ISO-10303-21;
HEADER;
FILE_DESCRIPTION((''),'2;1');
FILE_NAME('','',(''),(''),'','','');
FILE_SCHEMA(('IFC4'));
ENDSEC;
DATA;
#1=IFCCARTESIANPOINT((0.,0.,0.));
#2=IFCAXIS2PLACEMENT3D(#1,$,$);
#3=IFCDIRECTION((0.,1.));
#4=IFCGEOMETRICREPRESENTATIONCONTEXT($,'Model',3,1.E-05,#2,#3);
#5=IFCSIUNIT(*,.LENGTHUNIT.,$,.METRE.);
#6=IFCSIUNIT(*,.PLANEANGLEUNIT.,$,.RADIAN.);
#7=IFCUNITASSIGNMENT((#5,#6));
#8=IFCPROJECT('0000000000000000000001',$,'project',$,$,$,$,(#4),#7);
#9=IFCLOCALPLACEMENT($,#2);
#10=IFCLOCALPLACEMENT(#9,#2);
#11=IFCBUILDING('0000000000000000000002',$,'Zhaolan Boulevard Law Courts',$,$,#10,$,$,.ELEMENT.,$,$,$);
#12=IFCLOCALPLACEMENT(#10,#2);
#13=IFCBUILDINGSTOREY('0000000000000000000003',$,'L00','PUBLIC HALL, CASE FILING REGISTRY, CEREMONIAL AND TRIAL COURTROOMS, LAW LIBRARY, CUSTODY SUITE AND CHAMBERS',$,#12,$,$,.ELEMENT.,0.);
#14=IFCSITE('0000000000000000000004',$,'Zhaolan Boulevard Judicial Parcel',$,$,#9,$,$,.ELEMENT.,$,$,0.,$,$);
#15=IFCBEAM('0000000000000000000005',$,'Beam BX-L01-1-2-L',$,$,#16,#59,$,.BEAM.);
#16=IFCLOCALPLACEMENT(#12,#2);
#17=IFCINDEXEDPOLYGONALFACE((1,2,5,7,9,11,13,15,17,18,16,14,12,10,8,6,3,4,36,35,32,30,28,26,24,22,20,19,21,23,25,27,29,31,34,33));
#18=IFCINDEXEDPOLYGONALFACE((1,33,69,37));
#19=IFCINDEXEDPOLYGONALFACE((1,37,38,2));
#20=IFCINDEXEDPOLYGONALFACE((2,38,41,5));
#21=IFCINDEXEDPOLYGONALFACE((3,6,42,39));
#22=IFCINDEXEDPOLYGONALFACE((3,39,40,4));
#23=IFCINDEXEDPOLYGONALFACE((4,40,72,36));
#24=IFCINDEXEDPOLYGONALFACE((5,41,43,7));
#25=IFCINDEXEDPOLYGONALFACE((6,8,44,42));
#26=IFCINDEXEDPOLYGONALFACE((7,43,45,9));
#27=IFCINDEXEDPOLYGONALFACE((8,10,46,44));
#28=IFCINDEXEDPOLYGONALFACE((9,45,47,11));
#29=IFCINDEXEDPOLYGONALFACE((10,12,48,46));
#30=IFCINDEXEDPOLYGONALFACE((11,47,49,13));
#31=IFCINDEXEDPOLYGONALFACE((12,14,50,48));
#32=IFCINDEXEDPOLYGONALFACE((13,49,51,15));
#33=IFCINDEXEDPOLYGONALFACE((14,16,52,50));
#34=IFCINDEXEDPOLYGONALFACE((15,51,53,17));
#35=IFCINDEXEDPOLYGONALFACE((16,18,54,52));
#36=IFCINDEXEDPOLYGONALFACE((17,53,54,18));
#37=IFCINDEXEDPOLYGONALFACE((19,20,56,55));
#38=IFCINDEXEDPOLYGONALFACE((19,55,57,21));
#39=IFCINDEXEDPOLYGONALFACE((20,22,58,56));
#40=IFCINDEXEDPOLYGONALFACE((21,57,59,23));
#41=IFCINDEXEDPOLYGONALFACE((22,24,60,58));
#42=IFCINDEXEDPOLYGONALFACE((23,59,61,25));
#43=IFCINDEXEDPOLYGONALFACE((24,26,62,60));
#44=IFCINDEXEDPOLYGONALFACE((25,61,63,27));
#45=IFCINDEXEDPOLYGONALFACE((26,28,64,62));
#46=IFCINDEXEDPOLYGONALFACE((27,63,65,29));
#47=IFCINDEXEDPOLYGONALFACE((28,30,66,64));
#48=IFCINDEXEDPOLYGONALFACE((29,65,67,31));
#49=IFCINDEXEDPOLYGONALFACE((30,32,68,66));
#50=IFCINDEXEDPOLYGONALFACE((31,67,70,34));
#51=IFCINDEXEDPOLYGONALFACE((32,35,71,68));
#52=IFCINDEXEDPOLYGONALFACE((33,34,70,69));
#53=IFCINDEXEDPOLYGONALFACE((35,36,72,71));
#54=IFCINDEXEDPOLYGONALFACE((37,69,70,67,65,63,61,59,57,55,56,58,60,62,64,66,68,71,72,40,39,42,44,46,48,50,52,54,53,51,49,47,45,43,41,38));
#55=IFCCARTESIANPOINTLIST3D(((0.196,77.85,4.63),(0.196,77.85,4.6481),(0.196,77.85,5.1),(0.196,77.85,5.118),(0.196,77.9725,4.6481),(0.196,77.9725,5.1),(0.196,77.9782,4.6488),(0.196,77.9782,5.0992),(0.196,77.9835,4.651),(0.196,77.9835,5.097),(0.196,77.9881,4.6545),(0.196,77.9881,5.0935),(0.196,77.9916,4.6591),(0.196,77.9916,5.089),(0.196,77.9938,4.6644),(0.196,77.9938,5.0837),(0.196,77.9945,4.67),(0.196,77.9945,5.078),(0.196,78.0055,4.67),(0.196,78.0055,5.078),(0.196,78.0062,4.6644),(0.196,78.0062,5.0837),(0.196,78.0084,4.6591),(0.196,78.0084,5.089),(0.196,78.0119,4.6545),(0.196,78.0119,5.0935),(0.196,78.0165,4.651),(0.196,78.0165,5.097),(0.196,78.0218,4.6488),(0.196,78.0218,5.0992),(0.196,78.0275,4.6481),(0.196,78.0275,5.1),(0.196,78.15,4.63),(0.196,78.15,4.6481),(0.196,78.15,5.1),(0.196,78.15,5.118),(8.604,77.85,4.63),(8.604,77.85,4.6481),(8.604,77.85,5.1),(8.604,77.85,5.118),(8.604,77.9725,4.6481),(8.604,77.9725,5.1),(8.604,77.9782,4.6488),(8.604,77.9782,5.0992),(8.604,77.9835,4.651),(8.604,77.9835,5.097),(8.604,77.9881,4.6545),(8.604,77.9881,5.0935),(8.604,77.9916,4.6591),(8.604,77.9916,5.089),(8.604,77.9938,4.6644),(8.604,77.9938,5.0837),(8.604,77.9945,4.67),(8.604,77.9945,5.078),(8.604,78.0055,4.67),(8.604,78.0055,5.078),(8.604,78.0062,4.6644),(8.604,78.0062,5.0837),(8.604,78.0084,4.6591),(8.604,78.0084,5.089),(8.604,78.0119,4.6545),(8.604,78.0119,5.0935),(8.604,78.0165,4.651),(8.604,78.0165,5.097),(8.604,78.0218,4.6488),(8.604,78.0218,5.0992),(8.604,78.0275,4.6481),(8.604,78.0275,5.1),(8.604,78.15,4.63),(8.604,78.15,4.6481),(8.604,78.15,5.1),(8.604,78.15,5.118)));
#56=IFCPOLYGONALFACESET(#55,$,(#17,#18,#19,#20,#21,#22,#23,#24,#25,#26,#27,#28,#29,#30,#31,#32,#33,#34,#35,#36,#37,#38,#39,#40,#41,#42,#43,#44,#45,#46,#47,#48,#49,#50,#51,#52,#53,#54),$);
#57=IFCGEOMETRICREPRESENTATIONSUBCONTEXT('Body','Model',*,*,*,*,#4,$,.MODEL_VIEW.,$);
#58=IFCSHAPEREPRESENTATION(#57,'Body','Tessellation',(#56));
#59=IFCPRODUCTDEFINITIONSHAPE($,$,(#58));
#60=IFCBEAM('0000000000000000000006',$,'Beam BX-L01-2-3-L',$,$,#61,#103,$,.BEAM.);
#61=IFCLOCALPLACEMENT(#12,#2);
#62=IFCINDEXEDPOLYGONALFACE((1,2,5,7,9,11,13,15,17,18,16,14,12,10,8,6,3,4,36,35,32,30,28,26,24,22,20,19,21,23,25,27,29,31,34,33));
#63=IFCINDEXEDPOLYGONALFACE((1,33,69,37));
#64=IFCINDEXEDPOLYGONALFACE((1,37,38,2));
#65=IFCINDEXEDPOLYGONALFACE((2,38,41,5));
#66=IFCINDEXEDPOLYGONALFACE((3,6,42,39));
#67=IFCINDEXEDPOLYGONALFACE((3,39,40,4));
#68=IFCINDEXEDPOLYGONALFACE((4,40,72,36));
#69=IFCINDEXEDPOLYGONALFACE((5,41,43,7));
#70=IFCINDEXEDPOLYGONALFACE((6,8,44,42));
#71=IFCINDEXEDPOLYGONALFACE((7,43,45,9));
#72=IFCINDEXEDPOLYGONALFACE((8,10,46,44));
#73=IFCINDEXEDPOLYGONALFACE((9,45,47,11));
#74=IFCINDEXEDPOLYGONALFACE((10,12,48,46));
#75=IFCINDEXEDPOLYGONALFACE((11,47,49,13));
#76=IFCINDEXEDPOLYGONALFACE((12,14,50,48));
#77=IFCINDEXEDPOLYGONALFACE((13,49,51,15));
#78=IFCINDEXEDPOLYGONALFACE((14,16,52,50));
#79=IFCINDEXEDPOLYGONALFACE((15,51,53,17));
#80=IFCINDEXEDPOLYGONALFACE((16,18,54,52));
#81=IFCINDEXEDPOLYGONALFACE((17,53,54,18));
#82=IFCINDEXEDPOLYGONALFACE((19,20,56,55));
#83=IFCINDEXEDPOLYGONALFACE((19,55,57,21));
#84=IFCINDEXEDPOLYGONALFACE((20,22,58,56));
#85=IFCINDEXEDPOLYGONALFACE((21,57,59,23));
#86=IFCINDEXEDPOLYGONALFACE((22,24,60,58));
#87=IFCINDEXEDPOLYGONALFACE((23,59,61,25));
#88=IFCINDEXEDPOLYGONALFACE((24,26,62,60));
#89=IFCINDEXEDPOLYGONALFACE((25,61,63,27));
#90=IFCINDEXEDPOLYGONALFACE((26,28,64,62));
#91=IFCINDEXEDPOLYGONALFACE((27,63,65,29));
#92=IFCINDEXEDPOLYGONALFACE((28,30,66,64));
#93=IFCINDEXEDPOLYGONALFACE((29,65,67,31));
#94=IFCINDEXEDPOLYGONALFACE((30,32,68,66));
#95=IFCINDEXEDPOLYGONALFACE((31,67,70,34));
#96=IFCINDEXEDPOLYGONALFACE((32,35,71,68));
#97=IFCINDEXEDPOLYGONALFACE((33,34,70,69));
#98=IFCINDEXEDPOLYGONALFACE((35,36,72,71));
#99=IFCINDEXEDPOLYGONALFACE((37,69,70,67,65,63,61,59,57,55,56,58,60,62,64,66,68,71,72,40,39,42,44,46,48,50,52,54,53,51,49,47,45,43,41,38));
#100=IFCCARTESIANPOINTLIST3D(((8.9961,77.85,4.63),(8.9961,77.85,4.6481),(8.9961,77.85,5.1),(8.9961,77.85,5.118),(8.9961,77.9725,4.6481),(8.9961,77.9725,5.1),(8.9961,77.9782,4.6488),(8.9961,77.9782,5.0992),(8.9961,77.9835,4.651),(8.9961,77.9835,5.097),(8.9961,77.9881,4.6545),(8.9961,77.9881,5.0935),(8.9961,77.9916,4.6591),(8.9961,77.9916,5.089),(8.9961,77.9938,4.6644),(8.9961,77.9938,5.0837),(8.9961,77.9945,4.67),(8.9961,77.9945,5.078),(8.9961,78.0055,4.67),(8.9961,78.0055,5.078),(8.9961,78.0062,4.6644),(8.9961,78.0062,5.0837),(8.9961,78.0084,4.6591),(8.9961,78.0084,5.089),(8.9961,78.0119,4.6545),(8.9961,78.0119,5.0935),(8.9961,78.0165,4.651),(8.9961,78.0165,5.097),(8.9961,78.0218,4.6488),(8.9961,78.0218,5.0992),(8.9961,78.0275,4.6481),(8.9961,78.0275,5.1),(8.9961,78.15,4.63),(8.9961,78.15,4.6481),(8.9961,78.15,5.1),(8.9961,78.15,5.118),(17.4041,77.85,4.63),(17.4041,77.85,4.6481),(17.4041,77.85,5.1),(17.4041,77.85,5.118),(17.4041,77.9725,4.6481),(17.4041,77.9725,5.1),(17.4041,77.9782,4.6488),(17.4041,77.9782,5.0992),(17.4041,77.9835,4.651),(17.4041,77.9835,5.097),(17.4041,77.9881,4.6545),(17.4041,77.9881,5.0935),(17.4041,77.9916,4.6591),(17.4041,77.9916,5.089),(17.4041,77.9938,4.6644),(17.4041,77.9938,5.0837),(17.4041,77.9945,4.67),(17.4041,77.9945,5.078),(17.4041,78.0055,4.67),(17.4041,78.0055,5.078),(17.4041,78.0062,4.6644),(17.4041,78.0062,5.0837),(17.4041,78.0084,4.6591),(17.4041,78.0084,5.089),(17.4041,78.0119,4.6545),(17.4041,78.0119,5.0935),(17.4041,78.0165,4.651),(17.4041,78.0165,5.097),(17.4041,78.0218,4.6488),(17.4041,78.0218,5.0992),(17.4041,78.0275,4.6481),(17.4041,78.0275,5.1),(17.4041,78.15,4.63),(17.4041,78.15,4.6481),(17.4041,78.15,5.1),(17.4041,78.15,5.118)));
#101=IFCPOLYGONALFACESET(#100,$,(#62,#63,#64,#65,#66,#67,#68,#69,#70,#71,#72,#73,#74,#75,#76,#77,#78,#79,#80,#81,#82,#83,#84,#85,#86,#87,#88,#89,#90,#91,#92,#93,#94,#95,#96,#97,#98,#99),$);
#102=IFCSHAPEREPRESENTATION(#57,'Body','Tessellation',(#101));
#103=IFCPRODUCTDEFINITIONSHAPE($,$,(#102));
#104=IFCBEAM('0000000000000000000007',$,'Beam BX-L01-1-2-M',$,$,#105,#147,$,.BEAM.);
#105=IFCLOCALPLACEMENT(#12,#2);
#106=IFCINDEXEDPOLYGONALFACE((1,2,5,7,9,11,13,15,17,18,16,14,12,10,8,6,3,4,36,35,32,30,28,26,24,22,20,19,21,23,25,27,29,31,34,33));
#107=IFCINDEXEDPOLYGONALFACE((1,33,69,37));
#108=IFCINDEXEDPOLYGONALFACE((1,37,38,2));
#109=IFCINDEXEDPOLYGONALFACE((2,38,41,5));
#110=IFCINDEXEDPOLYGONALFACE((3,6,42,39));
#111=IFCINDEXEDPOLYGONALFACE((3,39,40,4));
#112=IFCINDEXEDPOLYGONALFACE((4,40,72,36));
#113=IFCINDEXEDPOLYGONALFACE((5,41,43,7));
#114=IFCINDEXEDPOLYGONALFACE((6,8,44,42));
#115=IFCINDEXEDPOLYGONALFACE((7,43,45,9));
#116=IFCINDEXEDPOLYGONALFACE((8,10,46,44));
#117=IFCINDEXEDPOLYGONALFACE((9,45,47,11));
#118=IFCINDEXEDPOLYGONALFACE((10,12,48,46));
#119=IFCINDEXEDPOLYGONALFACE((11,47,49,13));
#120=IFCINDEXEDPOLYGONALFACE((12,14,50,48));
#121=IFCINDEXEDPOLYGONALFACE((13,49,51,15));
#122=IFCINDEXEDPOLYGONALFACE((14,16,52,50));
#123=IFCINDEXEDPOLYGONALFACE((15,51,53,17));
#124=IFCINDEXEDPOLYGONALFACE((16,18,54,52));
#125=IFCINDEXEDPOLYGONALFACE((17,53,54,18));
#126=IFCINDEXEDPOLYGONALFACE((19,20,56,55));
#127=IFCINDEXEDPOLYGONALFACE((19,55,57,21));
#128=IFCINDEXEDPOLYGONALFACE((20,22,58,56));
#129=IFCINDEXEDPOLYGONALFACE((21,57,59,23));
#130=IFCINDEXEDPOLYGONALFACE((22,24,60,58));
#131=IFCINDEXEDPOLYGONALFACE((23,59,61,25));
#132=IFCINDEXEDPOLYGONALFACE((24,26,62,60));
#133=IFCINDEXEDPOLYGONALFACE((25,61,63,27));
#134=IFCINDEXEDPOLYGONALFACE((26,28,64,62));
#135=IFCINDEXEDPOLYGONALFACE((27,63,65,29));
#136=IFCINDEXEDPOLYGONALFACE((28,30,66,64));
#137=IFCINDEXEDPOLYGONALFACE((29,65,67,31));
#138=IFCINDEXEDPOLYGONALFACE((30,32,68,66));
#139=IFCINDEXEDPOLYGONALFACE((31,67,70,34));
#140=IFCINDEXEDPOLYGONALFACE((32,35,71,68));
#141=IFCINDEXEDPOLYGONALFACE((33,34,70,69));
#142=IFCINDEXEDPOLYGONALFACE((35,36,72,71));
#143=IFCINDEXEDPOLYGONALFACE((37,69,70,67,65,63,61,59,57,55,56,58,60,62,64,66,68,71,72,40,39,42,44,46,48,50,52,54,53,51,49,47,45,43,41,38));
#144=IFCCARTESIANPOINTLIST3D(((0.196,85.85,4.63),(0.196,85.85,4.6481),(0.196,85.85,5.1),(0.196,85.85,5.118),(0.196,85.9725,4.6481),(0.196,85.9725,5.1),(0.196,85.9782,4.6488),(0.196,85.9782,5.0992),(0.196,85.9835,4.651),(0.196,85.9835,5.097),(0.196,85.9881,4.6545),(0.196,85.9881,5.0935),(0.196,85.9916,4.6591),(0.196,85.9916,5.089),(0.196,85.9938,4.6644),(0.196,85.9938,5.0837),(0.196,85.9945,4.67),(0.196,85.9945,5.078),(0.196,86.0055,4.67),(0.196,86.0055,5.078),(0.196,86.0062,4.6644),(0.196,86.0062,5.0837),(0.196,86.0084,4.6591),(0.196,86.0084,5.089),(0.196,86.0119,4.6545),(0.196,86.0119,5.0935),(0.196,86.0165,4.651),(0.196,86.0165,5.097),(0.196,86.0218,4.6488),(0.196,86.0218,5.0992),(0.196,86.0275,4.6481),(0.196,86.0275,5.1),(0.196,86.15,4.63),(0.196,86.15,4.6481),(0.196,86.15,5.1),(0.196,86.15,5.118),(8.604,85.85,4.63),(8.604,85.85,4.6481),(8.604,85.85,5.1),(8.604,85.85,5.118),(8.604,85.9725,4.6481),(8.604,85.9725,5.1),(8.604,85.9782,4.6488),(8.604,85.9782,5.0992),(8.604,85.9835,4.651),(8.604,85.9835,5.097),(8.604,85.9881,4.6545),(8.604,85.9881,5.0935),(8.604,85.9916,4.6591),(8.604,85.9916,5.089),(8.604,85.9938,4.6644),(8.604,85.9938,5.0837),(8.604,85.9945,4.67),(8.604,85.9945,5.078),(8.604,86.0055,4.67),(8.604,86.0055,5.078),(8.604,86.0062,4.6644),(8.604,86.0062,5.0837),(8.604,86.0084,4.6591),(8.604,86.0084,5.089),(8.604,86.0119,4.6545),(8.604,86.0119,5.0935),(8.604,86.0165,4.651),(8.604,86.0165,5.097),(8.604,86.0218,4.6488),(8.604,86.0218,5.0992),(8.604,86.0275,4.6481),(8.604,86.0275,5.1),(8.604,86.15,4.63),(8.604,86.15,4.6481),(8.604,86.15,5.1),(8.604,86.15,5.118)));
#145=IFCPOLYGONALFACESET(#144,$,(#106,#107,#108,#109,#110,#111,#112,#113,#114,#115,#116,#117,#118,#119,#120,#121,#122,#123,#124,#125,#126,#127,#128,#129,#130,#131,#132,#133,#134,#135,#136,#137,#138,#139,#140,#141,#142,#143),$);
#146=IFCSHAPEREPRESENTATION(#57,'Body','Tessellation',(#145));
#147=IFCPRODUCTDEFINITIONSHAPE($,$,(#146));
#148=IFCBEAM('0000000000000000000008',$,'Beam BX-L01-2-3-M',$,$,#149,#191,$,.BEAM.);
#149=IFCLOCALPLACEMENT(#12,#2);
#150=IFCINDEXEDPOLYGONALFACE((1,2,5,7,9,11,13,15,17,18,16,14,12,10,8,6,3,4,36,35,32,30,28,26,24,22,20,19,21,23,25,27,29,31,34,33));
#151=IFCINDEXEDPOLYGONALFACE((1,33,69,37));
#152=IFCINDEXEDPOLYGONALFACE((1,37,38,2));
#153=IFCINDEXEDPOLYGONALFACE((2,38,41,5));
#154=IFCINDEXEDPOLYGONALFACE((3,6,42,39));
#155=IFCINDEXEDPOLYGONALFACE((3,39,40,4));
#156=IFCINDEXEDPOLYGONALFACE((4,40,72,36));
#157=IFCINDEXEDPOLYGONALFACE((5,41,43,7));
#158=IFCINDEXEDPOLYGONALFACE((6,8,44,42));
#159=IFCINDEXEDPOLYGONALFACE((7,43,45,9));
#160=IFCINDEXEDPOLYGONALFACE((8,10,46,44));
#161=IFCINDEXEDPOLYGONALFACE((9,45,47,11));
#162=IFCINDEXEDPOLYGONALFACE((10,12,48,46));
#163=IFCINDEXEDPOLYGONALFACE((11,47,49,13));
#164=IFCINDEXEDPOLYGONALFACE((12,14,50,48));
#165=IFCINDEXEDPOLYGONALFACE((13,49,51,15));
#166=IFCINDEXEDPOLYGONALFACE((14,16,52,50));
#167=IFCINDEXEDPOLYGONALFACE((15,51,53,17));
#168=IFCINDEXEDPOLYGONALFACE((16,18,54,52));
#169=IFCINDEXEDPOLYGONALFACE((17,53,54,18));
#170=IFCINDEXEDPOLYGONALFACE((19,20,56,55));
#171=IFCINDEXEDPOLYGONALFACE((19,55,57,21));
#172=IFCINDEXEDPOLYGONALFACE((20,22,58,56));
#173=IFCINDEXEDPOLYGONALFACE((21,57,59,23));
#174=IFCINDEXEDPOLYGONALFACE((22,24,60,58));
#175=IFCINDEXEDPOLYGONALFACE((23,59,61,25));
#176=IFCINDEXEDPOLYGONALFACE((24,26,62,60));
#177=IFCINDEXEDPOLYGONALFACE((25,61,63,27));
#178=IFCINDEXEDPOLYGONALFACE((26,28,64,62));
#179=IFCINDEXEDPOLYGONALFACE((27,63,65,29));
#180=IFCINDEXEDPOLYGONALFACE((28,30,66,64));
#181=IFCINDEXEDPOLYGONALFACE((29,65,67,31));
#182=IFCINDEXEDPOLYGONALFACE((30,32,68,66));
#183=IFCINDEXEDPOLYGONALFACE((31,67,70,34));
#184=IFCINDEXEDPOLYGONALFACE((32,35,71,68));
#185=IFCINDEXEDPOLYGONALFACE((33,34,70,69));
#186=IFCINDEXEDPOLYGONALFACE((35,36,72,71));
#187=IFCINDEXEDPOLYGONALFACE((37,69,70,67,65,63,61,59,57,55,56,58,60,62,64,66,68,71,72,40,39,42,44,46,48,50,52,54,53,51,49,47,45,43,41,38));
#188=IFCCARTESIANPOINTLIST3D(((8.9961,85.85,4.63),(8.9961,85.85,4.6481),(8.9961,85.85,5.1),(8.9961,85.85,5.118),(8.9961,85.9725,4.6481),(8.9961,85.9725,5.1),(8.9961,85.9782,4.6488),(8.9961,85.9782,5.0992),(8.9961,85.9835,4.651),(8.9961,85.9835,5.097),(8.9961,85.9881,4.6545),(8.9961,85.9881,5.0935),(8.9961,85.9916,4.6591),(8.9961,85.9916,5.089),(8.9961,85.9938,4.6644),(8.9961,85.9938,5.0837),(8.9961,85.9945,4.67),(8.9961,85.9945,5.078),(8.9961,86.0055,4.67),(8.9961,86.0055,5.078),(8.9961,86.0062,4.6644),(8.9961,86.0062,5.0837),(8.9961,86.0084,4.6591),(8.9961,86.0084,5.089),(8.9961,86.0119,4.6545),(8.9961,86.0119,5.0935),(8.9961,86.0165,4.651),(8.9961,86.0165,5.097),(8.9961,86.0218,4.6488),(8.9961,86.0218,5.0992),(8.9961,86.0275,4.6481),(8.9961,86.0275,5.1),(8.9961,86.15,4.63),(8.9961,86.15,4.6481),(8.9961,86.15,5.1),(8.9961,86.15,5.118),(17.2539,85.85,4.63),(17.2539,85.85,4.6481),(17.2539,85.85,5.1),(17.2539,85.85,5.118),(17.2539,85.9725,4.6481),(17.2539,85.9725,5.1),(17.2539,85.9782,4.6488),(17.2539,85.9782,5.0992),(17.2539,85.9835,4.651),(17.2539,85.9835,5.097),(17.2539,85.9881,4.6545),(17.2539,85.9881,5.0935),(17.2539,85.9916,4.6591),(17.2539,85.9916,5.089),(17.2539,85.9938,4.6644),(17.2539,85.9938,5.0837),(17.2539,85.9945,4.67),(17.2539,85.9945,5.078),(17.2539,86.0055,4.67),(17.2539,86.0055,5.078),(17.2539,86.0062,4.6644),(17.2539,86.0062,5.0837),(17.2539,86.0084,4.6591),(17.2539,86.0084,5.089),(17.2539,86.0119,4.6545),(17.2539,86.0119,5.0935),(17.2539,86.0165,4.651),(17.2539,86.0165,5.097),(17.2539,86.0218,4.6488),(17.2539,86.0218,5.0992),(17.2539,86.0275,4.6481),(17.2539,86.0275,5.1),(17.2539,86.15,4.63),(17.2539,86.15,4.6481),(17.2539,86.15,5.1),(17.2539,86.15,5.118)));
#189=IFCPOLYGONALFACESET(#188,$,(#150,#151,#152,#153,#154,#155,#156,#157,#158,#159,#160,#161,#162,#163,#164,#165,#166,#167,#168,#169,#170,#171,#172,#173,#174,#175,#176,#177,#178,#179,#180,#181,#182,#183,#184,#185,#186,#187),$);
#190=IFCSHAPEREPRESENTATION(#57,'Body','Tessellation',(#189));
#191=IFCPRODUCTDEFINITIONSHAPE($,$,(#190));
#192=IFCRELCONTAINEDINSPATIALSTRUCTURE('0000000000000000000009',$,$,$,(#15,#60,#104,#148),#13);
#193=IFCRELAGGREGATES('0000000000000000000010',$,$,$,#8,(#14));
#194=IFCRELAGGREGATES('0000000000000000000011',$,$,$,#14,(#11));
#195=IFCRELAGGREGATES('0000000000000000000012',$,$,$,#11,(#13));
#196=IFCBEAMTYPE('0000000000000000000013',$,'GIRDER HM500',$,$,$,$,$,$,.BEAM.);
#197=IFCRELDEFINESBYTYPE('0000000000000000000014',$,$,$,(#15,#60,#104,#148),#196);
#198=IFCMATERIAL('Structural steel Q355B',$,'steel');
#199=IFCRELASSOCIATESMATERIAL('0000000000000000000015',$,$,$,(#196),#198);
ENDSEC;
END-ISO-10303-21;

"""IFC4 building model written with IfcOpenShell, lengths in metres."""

from ifc_helpers import new_model, si_unit, direction, frame, origin, origin_2d, place, context, subcontext, project, spatial, i_section, extrude, material, material_profile, profile_set, type_object, element, save


model = new_model("IFC4")

# Units and contexts
model_context = context("Model", 3, precision=1e-05, world=origin(), true_north=direction((0.0, 1.0)))
body_context = subcontext(model_context, "Body", "Model", "MODEL_VIEW")
ifc_project = project(units=[si_unit("LENGTHUNIT", "METRE"), si_unit("PLANEANGLEUNIT", "RADIAN")], contexts=[model_context])

# Site, building, storey
site_placement = place(None, origin())
site = spatial("IfcSite", under=ifc_project, at=site_placement, Name="Zhaolan Boulevard Judicial Parcel", CompositionType="ELEMENT", RefElevation=0.0)
building_placement = place(site_placement, origin())
building = spatial("IfcBuilding", under=site, at=building_placement, Name="Zhaolan Boulevard Law Courts", CompositionType="ELEMENT")
storey_placement = place(building_placement, origin())
storey = spatial("IfcBuildingStorey", under=building, at=storey_placement, Name="L00", Description="PUBLIC HALL, CASE FILING REGISTRY, CEREMONIAL AND TRIAL COURTROOMS, LAW LIBRARY, CUSTODY SUITE AND CHAMBERS", CompositionType="ELEMENT", Elevation=0.0)

# Beams
ifc_material_1 = material(Name="Structural steel Q355B", Category="steel")
ifc_material_profile_1 = material_profile(ifc_material_1, i_section(OverallWidth=0.3, OverallDepth=0.488, WebThickness=0.011, FlangeThickness=0.0181, FilletRadius=0.022, at=origin_2d()), Name="HM488x300")
ifc_profile_set_1 = profile_set([ifc_material_profile_1], Name="Structural steel Q355B")
beam_type_1 = type_object("IfcBeamType", Name="GIRDER HM500", PredefinedType="BEAM", material=ifc_profile_set_1)
for number, where, z_axis, x_axis, name in (
    (1, (0.196, 78.0, 4.874), (1.0, 0.0, 0.0), (0.0, 1.0, 0.0), "Beam BX-L01-1-2-L"),
    (2, (8.9961, 78.0, 4.874), (1.0, 0.0, 0.0), (0.0, 1.0, 0.0), "Beam BX-L01-2-3-L"),
    (3, (0.196, 86.0, 4.874), (1.0, 0.0, 0.0), (0.0, 1.0, 0.0), "Beam BX-L01-1-2-M"),
):
    element("IfcBeam", number, at=place(storey_placement, frame(where, z_axis=z_axis, x_axis=x_axis)), inside=storey, type_object=beam_type_1, Name=name, PredefinedType="BEAM", context=body_context, shape_type="SweptSolid", body=[
        extrude(i_section(OverallWidth=0.3, OverallDepth=0.488, WebThickness=0.011, FlangeThickness=0.0181, FilletRadius=0.022, at=origin_2d()), origin(), (0.0, 0.0, 1.0), 8.408),
    ])
beam_1_placement = place(storey_placement, frame((8.9961, 86.0, 4.874), z_axis=(1.0, 0.0, 0.0), x_axis=(0.0, 1.0, 0.0)))
element("IfcBeam", 4, at=beam_1_placement, inside=storey, type_object=beam_type_1, Name="Beam BX-L01-2-3-M", PredefinedType="BEAM", context=body_context, shape_type="SweptSolid", body=[
    extrude(i_section(OverallWidth=0.3, OverallDepth=0.488, WebThickness=0.011, FlangeThickness=0.0181, FilletRadius=0.022, at=origin_2d()), origin(), (0.0, 0.0, 1.0), 8.2578),
])

save(model, "model.ifc")
